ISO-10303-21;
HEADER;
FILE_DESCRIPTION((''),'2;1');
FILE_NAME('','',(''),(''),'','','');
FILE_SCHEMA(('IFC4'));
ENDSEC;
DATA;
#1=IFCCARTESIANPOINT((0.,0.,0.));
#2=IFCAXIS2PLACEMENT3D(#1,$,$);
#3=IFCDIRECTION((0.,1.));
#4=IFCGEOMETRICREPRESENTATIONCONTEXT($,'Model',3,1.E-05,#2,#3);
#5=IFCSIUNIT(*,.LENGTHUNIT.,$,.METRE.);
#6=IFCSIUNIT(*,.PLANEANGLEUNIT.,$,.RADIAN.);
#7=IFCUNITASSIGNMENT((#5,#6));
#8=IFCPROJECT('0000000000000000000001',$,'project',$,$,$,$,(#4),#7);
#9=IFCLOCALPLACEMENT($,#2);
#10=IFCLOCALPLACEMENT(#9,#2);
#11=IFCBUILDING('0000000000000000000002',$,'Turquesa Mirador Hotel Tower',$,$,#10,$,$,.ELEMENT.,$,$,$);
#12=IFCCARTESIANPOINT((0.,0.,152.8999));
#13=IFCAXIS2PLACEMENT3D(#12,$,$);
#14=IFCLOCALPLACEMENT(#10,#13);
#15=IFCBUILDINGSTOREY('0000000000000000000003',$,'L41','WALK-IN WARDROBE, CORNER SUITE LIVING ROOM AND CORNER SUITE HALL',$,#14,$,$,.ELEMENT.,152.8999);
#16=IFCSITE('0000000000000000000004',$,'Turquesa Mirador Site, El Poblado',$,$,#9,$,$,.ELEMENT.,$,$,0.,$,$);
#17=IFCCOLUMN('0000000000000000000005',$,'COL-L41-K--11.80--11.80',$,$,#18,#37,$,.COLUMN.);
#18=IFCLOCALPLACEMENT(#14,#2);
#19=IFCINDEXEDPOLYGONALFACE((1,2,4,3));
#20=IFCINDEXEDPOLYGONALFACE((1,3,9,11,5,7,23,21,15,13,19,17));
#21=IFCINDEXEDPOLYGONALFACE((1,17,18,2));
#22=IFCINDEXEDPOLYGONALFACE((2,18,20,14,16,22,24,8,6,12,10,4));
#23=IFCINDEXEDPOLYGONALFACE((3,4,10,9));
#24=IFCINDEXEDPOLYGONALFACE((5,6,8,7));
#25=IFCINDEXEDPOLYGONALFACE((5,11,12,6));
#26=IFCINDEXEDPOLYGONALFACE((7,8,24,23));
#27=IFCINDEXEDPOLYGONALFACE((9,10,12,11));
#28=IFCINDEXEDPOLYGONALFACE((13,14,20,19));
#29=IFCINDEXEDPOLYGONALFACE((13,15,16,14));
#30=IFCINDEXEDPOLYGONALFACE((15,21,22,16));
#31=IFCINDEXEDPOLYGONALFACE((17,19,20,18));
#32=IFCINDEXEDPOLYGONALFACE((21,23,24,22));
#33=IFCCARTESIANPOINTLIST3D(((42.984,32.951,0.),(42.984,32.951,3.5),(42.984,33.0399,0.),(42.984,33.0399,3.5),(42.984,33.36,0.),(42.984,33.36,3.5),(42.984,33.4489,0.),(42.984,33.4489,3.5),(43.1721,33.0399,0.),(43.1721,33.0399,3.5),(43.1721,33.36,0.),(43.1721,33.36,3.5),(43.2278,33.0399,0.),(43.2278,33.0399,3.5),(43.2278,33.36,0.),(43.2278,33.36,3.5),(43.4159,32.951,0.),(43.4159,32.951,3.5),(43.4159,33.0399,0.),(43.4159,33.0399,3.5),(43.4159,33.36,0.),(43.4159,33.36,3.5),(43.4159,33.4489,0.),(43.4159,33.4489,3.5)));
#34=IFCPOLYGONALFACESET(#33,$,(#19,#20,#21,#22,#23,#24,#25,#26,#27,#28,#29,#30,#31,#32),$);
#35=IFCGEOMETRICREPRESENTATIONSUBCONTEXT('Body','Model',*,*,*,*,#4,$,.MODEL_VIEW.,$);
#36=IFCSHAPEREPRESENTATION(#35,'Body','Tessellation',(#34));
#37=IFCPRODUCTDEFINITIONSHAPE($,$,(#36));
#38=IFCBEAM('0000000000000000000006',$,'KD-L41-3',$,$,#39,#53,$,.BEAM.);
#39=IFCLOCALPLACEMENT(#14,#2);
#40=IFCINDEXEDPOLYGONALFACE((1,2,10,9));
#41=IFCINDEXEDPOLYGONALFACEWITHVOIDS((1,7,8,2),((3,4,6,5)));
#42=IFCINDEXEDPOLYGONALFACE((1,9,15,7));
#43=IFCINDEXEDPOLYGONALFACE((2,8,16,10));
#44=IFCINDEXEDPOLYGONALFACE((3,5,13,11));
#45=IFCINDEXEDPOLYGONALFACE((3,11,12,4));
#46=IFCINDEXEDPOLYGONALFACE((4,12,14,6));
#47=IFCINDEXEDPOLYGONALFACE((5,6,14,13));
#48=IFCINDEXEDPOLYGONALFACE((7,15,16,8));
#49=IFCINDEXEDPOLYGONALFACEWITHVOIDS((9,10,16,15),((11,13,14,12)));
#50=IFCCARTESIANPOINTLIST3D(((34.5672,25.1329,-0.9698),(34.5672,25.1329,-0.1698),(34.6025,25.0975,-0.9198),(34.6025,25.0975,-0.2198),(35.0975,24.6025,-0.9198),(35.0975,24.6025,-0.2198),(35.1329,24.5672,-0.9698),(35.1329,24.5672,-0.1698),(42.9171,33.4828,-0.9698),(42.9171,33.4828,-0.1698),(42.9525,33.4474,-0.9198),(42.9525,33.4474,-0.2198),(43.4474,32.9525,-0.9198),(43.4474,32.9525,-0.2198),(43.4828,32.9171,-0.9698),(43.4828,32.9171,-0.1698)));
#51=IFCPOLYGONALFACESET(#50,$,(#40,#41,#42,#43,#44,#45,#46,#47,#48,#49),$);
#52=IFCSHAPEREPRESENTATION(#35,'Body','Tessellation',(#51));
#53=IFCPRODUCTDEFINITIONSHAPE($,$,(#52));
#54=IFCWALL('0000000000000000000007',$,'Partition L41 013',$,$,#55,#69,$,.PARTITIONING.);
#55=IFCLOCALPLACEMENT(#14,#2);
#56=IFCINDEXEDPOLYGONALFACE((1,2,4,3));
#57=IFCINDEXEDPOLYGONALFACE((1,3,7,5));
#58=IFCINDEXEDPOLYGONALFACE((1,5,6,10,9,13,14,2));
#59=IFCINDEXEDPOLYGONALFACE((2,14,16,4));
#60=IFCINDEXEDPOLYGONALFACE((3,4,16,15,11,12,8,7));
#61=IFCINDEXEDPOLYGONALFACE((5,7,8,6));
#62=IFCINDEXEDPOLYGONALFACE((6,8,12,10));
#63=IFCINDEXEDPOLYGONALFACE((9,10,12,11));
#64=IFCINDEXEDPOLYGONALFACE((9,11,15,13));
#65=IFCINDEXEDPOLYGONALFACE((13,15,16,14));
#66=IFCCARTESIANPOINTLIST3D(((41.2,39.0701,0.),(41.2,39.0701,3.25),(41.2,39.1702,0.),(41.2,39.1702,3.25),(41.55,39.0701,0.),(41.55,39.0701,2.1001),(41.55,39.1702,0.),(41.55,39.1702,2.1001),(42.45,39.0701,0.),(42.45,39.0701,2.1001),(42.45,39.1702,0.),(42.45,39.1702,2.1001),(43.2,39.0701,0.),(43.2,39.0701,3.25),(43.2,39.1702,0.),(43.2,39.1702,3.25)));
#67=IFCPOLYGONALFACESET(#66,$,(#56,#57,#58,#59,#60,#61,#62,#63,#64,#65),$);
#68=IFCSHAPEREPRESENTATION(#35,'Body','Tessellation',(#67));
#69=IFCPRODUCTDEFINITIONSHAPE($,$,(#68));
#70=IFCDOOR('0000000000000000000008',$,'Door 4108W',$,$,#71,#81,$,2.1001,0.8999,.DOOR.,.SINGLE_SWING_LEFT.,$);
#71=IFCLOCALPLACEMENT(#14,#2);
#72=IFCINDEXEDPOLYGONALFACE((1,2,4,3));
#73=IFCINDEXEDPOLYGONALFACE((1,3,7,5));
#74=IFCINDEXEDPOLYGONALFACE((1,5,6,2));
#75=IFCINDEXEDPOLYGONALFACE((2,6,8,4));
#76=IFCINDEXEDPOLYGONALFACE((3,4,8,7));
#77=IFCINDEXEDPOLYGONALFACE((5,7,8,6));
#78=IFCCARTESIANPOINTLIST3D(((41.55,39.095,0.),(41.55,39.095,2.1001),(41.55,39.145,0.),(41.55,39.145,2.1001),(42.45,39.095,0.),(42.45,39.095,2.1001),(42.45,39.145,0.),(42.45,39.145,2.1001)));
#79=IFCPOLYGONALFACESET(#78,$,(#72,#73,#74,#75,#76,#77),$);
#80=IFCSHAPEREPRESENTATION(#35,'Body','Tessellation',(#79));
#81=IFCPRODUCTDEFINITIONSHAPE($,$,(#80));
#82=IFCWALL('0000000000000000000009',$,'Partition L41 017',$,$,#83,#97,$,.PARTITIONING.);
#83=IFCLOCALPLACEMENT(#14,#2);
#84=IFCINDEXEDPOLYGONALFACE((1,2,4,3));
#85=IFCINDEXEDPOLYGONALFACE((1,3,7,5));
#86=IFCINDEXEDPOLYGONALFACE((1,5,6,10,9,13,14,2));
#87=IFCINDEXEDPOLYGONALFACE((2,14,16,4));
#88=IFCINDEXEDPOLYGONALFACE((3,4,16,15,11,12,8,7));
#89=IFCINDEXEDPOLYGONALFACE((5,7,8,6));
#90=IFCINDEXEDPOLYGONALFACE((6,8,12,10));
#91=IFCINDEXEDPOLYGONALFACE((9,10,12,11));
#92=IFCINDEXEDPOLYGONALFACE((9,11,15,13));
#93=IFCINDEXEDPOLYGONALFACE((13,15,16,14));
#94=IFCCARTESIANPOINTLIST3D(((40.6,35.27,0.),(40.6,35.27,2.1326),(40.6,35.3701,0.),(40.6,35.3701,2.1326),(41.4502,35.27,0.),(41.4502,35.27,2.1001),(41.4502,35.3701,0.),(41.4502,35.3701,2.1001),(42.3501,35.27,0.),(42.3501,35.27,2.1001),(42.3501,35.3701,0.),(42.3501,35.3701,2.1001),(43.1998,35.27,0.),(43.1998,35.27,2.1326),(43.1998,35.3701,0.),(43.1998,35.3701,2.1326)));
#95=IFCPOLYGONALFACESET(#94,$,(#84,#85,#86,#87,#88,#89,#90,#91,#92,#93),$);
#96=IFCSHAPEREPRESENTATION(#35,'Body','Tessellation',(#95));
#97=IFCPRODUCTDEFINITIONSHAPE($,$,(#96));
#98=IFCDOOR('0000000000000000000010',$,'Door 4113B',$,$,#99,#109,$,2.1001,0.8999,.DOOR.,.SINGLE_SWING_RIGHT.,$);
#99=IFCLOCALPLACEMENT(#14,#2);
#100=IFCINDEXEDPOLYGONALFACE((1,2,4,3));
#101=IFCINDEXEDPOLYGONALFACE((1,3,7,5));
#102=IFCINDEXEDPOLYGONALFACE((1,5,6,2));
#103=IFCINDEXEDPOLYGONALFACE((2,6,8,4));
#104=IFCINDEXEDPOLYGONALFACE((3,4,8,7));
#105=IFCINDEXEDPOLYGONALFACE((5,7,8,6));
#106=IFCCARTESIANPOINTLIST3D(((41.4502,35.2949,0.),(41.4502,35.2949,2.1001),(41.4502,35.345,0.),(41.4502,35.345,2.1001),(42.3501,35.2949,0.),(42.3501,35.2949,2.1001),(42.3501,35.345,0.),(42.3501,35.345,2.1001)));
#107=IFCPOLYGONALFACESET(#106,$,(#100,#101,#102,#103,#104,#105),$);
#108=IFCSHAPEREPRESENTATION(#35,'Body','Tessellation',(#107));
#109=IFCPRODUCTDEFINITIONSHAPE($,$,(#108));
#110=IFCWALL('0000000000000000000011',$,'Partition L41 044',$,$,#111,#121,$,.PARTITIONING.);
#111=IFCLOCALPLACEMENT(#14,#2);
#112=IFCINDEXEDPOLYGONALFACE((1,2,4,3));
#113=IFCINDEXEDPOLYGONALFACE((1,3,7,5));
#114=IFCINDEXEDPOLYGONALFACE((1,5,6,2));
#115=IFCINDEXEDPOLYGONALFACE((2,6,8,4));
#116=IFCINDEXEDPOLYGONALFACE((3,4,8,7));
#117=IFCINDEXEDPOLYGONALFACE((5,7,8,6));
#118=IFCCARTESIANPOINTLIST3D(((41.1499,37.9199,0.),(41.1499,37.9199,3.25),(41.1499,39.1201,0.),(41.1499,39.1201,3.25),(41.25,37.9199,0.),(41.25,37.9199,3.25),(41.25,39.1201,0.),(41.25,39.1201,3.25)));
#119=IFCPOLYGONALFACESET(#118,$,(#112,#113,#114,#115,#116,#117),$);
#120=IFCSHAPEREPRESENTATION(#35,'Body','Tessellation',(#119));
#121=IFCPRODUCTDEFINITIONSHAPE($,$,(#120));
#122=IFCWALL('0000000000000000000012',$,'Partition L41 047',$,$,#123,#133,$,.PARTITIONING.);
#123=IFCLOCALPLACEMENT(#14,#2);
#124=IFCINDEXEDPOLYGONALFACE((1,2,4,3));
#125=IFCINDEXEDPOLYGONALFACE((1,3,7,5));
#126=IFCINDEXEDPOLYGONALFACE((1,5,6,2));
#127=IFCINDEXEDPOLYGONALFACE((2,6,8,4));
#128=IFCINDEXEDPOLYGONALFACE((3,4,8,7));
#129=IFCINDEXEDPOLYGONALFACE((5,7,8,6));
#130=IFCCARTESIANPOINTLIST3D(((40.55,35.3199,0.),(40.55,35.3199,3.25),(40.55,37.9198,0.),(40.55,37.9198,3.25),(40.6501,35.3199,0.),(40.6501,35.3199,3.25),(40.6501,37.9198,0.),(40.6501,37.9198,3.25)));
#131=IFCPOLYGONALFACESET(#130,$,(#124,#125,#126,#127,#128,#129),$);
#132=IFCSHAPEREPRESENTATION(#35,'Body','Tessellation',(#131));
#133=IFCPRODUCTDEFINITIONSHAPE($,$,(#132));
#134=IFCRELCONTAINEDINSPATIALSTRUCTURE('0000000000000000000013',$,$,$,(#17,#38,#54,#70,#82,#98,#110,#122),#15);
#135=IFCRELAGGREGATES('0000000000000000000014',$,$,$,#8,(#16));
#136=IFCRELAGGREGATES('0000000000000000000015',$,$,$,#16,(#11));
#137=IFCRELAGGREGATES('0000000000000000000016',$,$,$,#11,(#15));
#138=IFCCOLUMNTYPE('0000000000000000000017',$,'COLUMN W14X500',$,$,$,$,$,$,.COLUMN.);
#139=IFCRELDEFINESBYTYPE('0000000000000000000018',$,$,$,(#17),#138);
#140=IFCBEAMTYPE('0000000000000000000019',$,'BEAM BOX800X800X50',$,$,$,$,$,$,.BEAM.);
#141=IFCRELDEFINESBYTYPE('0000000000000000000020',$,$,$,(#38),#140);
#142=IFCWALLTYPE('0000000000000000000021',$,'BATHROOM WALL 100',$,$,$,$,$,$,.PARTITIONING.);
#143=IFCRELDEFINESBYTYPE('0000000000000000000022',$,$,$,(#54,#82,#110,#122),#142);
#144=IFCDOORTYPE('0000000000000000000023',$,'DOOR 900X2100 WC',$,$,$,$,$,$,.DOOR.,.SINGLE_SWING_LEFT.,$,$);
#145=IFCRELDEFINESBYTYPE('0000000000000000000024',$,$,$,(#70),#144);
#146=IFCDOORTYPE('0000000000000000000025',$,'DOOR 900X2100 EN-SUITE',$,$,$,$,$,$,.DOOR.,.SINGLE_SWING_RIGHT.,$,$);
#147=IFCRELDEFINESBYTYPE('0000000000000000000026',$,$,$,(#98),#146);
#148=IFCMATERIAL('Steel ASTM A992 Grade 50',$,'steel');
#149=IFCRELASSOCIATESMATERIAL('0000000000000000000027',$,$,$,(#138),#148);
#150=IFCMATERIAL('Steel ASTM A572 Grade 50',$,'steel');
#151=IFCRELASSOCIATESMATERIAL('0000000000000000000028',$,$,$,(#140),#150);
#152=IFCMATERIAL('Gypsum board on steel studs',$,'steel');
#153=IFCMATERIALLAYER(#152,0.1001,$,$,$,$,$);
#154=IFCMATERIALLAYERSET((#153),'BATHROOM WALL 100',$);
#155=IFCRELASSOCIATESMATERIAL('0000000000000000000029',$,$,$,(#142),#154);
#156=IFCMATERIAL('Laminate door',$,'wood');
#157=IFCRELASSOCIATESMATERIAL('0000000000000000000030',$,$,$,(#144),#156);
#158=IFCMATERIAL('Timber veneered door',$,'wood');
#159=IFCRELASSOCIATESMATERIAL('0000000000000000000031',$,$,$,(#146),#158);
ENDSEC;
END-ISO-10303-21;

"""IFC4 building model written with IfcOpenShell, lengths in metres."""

from ifc_helpers import new_model, si_unit, direction, frame, frame_2d, origin, origin_2d, place, context, subcontext, project, spatial, rectangle, hollow_rectangle, i_section, extrude, material, layer, layer_set, material_profile, profile_set, type_object, element, fill, save


model = new_model("IFC4")

# Units and contexts
model_context = context("Model", 3, precision=1e-05, world=origin(), true_north=direction((0.0, 1.0)))
body_context = subcontext(model_context, "Body", "Model", "MODEL_VIEW")
ifc_project = project(units=[si_unit("LENGTHUNIT", "METRE"), si_unit("PLANEANGLEUNIT", "RADIAN")], contexts=[model_context])

# Site, building, storey
site_placement = place(None, origin())
site = spatial("IfcSite", under=ifc_project, at=site_placement, Name="Turquesa Mirador Site, El Poblado", CompositionType="ELEMENT", RefElevation=0.0)
building_placement = place(site_placement, origin())
building = spatial("IfcBuilding", under=site, at=building_placement, Name="Turquesa Mirador Hotel Tower", CompositionType="ELEMENT")
storey_placement = place(building_placement, frame((0.0, 0.0, 152.8999)))
storey = spatial("IfcBuildingStorey", under=building, at=storey_placement, Name="L41", Description="WALK-IN WARDROBE, CORNER SUITE LIVING ROOM AND CORNER SUITE HALL", CompositionType="ELEMENT", Elevation=152.8999)

# Column
ifc_material_1 = material(Name="Steel ASTM A992 Grade 50", Category="steel")
ifc_material_profile_1 = material_profile(ifc_material_1, i_section(OverallWidth=0.4319, OverallDepth=0.4978, WebThickness=0.0557, FlangeThickness=0.0889, at=origin_2d()), Name="W14X500")
ifc_profile_set_1 = profile_set([ifc_material_profile_1], Name="Steel ASTM A992 Grade 50")
column_type = type_object("IfcColumnType", Name="COLUMN W14X500", PredefinedType="COLUMN", material=ifc_profile_set_1)
column_placement = place(storey_placement, frame((43.2, 33.2, 0.0), z_axis=(0.0, 0.0, 1.0), x_axis=(1.0, 0.0, 0.0)))
element("IfcColumn", 1, at=column_placement, inside=storey, type_object=column_type, Name="COL-L41-K--11.80--11.80", PredefinedType="COLUMN", context=body_context, shape_type="SweptSolid", body=[
    extrude(i_section(OverallWidth=0.4319, OverallDepth=0.4978, WebThickness=0.0557, FlangeThickness=0.0889, at=origin_2d()), origin(), (0.0, 0.0, 1.0), 3.5),
])

# Beam
ifc_material_2 = material(Name="Steel ASTM A572 Grade 50", Category="steel")
ifc_material_profile_2 = material_profile(ifc_material_2, hollow_rectangle(XDim=0.8, YDim=0.8, WallThickness=0.05, at=origin_2d()), Name="BOX800X800X50")
ifc_profile_set_2 = profile_set([ifc_material_profile_2], Name="Steel ASTM A572 Grade 50")
beam_type = type_object("IfcBeamType", Name="BEAM BOX800X800X50", PredefinedType="BEAM", material=ifc_profile_set_2)
beam_placement = place(storey_placement, frame((43.2, 33.2, -0.5698), z_axis=(-0.707107, -0.707107, 0.0), x_axis=(0.707107, -0.707107, 0.0)))
element("IfcBeam", 2, at=beam_placement, inside=storey, type_object=beam_type, Name="KD-L41-3", PredefinedType="BEAM", context=body_context, shape_type="SweptSolid", body=[
    extrude(hollow_rectangle(XDim=0.8, YDim=0.8, WallThickness=0.05, at=origin_2d()), origin(), (0.0, 0.0, 1.0), 11.8086),
])

# Walls, openings, doors
ifc_material_3 = material(Name="Gypsum board on steel studs", Category="steel")
ifc_layer_1 = layer(ifc_material_3, 0.1001)
ifc_layer_set_1 = layer_set([ifc_layer_1], Name="BATHROOM WALL 100")
wall_type_1 = type_object("IfcWallType", Name="BATHROOM WALL 100", PredefinedType="PARTITIONING", material=ifc_layer_set_1)
wall_1_placement = place(storey_placement, frame((41.2, 39.1201, 0.0), z_axis=(0.0, 0.0, 1.0), x_axis=(1.0, 0.0, 0.0)))
wall_1 = element("IfcWall", 3, at=wall_1_placement, inside=storey, type_object=wall_type_1, Name="Partition L41 013", PredefinedType="PARTITIONING", context=body_context, shape_type="SweptSolid", body=[
    extrude(rectangle(XDim=2.0, YDim=0.1001, at=frame_2d((1.0, 0.0))), origin(), (0.0, 0.0, 1.0), 3.25),
])
opening_1_placement = place(wall_1_placement, frame((0.3501, 0.0, 0.0)))
opening_1 = element("IfcOpeningElement", 4, at=opening_1_placement, cuts=wall_1, PredefinedType="OPENING", context=body_context, shape_type="SweptSolid", body=[
    extrude(rectangle(XDim=0.8999, YDim=2.1001, at=frame_2d((0.45, 1.05))), frame((0.0, 0.0601, 0.0), z_axis=(0.0, -1.0, 0.0), x_axis=(1.0, 0.0, 0.0)), (0.0, 0.0, 1.0), 0.1201),
])
ifc_material_4 = material(Name="Laminate door", Category="wood")
door_type_1 = type_object("IfcDoorType", Name="DOOR 900X2100 WC", OperationType="SINGLE_SWING_LEFT", PredefinedType="DOOR", material=ifc_material_4)
door_1_placement = place(opening_1_placement, origin())
door_1 = element("IfcDoor", 5, at=door_1_placement, inside=storey, type_object=door_type_1, Name="Door 4108W", OperationType="SINGLE_SWING_LEFT", OverallHeight=2.1001, OverallWidth=0.8999, PredefinedType="DOOR", context=body_context, shape_type="SweptSolid", body=[
    extrude(rectangle(XDim=0.8999, YDim=2.1001, at=frame_2d((0.45, 1.05))), frame((0.0, 0.0249, 0.0), z_axis=(0.0, -1.0, 0.0), x_axis=(1.0, 0.0, 0.0)), (0.0, 0.0, 1.0), 0.05),
])
fill(opening_1, door_1)
wall_2_placement = place(storey_placement, frame((40.6001, 35.3201, 0.0), z_axis=(0.0, 0.0, 1.0), x_axis=(1.0, 0.0, 0.0)))
wall_2 = element("IfcWall", 6, at=wall_2_placement, inside=storey, type_object=wall_type_1, Name="Partition L41 017", PredefinedType="PARTITIONING", context=body_context, shape_type="SweptSolid", body=[
    extrude(rectangle(XDim=2.5999, YDim=0.1001, at=frame_2d((1.2998, 0.0))), origin(), (0.0, 0.0, 1.0), 2.1326),
])
opening_2_placement = place(wall_2_placement, frame((0.8501, 0.0, 0.0)))
opening_2 = element("IfcOpeningElement", 7, at=opening_2_placement, cuts=wall_2, PredefinedType="OPENING", context=body_context, shape_type="SweptSolid", body=[
    extrude(rectangle(XDim=0.8999, YDim=2.1001, at=frame_2d((0.45, 1.05))), frame((0.0, 0.0601, 0.0), z_axis=(0.0, -1.0, 0.0), x_axis=(1.0, 0.0, 0.0)), (0.0, 0.0, 1.0), 0.1201),
])
ifc_material_5 = material(Name="Timber veneered door", Category="wood")
door_type_2 = type_object("IfcDoorType", Name="DOOR 900X2100 EN-SUITE", OperationType="SINGLE_SWING_RIGHT", PredefinedType="DOOR", material=ifc_material_5)
door_2_placement = place(opening_2_placement, origin())
door_2 = element("IfcDoor", 8, at=door_2_placement, inside=storey, type_object=door_type_2, Name="Door 4113B", OperationType="SINGLE_SWING_RIGHT", OverallHeight=2.1001, OverallWidth=0.8999, PredefinedType="DOOR", context=body_context, shape_type="SweptSolid", body=[
    extrude(rectangle(XDim=0.8999, YDim=2.1001, at=frame_2d((0.45, 1.05))), frame((0.0, 0.0249, 0.0), z_axis=(0.0, -1.0, 0.0), x_axis=(1.0, 0.0, 0.0)), (0.0, 0.0, 1.0), 0.05),
])
fill(opening_2, door_2)

# Walls
wall_3_placement = place(storey_placement, frame((41.2, 37.9199, 0.0), z_axis=(0.0, 0.0, 1.0), x_axis=(0.0, 1.0, 0.0)))
element("IfcWall", 9, at=wall_3_placement, inside=storey, type_object=wall_type_1, Name="Partition L41 044", PredefinedType="PARTITIONING", context=body_context, shape_type="SweptSolid", body=[
    extrude(rectangle(XDim=1.2002, YDim=0.1001, at=frame_2d((0.6001, 0.0))), origin(), (0.0, 0.0, 1.0), 3.25),
])
wall_4_placement = place(storey_placement, frame((40.6001, 35.3201, 0.0), z_axis=(0.0, 0.0, 1.0), x_axis=(0.0, 1.0, 0.0)))
element("IfcWall", 10, at=wall_4_placement, inside=storey, type_object=wall_type_1, Name="Partition L41 047", PredefinedType="PARTITIONING", context=body_context, shape_type="SweptSolid", body=[
    extrude(rectangle(XDim=2.5999, YDim=0.1001, at=frame_2d((1.2998, 0.0))), origin(), (0.0, 0.0, 1.0), 3.25),
])

save(model, "model.ifc")
